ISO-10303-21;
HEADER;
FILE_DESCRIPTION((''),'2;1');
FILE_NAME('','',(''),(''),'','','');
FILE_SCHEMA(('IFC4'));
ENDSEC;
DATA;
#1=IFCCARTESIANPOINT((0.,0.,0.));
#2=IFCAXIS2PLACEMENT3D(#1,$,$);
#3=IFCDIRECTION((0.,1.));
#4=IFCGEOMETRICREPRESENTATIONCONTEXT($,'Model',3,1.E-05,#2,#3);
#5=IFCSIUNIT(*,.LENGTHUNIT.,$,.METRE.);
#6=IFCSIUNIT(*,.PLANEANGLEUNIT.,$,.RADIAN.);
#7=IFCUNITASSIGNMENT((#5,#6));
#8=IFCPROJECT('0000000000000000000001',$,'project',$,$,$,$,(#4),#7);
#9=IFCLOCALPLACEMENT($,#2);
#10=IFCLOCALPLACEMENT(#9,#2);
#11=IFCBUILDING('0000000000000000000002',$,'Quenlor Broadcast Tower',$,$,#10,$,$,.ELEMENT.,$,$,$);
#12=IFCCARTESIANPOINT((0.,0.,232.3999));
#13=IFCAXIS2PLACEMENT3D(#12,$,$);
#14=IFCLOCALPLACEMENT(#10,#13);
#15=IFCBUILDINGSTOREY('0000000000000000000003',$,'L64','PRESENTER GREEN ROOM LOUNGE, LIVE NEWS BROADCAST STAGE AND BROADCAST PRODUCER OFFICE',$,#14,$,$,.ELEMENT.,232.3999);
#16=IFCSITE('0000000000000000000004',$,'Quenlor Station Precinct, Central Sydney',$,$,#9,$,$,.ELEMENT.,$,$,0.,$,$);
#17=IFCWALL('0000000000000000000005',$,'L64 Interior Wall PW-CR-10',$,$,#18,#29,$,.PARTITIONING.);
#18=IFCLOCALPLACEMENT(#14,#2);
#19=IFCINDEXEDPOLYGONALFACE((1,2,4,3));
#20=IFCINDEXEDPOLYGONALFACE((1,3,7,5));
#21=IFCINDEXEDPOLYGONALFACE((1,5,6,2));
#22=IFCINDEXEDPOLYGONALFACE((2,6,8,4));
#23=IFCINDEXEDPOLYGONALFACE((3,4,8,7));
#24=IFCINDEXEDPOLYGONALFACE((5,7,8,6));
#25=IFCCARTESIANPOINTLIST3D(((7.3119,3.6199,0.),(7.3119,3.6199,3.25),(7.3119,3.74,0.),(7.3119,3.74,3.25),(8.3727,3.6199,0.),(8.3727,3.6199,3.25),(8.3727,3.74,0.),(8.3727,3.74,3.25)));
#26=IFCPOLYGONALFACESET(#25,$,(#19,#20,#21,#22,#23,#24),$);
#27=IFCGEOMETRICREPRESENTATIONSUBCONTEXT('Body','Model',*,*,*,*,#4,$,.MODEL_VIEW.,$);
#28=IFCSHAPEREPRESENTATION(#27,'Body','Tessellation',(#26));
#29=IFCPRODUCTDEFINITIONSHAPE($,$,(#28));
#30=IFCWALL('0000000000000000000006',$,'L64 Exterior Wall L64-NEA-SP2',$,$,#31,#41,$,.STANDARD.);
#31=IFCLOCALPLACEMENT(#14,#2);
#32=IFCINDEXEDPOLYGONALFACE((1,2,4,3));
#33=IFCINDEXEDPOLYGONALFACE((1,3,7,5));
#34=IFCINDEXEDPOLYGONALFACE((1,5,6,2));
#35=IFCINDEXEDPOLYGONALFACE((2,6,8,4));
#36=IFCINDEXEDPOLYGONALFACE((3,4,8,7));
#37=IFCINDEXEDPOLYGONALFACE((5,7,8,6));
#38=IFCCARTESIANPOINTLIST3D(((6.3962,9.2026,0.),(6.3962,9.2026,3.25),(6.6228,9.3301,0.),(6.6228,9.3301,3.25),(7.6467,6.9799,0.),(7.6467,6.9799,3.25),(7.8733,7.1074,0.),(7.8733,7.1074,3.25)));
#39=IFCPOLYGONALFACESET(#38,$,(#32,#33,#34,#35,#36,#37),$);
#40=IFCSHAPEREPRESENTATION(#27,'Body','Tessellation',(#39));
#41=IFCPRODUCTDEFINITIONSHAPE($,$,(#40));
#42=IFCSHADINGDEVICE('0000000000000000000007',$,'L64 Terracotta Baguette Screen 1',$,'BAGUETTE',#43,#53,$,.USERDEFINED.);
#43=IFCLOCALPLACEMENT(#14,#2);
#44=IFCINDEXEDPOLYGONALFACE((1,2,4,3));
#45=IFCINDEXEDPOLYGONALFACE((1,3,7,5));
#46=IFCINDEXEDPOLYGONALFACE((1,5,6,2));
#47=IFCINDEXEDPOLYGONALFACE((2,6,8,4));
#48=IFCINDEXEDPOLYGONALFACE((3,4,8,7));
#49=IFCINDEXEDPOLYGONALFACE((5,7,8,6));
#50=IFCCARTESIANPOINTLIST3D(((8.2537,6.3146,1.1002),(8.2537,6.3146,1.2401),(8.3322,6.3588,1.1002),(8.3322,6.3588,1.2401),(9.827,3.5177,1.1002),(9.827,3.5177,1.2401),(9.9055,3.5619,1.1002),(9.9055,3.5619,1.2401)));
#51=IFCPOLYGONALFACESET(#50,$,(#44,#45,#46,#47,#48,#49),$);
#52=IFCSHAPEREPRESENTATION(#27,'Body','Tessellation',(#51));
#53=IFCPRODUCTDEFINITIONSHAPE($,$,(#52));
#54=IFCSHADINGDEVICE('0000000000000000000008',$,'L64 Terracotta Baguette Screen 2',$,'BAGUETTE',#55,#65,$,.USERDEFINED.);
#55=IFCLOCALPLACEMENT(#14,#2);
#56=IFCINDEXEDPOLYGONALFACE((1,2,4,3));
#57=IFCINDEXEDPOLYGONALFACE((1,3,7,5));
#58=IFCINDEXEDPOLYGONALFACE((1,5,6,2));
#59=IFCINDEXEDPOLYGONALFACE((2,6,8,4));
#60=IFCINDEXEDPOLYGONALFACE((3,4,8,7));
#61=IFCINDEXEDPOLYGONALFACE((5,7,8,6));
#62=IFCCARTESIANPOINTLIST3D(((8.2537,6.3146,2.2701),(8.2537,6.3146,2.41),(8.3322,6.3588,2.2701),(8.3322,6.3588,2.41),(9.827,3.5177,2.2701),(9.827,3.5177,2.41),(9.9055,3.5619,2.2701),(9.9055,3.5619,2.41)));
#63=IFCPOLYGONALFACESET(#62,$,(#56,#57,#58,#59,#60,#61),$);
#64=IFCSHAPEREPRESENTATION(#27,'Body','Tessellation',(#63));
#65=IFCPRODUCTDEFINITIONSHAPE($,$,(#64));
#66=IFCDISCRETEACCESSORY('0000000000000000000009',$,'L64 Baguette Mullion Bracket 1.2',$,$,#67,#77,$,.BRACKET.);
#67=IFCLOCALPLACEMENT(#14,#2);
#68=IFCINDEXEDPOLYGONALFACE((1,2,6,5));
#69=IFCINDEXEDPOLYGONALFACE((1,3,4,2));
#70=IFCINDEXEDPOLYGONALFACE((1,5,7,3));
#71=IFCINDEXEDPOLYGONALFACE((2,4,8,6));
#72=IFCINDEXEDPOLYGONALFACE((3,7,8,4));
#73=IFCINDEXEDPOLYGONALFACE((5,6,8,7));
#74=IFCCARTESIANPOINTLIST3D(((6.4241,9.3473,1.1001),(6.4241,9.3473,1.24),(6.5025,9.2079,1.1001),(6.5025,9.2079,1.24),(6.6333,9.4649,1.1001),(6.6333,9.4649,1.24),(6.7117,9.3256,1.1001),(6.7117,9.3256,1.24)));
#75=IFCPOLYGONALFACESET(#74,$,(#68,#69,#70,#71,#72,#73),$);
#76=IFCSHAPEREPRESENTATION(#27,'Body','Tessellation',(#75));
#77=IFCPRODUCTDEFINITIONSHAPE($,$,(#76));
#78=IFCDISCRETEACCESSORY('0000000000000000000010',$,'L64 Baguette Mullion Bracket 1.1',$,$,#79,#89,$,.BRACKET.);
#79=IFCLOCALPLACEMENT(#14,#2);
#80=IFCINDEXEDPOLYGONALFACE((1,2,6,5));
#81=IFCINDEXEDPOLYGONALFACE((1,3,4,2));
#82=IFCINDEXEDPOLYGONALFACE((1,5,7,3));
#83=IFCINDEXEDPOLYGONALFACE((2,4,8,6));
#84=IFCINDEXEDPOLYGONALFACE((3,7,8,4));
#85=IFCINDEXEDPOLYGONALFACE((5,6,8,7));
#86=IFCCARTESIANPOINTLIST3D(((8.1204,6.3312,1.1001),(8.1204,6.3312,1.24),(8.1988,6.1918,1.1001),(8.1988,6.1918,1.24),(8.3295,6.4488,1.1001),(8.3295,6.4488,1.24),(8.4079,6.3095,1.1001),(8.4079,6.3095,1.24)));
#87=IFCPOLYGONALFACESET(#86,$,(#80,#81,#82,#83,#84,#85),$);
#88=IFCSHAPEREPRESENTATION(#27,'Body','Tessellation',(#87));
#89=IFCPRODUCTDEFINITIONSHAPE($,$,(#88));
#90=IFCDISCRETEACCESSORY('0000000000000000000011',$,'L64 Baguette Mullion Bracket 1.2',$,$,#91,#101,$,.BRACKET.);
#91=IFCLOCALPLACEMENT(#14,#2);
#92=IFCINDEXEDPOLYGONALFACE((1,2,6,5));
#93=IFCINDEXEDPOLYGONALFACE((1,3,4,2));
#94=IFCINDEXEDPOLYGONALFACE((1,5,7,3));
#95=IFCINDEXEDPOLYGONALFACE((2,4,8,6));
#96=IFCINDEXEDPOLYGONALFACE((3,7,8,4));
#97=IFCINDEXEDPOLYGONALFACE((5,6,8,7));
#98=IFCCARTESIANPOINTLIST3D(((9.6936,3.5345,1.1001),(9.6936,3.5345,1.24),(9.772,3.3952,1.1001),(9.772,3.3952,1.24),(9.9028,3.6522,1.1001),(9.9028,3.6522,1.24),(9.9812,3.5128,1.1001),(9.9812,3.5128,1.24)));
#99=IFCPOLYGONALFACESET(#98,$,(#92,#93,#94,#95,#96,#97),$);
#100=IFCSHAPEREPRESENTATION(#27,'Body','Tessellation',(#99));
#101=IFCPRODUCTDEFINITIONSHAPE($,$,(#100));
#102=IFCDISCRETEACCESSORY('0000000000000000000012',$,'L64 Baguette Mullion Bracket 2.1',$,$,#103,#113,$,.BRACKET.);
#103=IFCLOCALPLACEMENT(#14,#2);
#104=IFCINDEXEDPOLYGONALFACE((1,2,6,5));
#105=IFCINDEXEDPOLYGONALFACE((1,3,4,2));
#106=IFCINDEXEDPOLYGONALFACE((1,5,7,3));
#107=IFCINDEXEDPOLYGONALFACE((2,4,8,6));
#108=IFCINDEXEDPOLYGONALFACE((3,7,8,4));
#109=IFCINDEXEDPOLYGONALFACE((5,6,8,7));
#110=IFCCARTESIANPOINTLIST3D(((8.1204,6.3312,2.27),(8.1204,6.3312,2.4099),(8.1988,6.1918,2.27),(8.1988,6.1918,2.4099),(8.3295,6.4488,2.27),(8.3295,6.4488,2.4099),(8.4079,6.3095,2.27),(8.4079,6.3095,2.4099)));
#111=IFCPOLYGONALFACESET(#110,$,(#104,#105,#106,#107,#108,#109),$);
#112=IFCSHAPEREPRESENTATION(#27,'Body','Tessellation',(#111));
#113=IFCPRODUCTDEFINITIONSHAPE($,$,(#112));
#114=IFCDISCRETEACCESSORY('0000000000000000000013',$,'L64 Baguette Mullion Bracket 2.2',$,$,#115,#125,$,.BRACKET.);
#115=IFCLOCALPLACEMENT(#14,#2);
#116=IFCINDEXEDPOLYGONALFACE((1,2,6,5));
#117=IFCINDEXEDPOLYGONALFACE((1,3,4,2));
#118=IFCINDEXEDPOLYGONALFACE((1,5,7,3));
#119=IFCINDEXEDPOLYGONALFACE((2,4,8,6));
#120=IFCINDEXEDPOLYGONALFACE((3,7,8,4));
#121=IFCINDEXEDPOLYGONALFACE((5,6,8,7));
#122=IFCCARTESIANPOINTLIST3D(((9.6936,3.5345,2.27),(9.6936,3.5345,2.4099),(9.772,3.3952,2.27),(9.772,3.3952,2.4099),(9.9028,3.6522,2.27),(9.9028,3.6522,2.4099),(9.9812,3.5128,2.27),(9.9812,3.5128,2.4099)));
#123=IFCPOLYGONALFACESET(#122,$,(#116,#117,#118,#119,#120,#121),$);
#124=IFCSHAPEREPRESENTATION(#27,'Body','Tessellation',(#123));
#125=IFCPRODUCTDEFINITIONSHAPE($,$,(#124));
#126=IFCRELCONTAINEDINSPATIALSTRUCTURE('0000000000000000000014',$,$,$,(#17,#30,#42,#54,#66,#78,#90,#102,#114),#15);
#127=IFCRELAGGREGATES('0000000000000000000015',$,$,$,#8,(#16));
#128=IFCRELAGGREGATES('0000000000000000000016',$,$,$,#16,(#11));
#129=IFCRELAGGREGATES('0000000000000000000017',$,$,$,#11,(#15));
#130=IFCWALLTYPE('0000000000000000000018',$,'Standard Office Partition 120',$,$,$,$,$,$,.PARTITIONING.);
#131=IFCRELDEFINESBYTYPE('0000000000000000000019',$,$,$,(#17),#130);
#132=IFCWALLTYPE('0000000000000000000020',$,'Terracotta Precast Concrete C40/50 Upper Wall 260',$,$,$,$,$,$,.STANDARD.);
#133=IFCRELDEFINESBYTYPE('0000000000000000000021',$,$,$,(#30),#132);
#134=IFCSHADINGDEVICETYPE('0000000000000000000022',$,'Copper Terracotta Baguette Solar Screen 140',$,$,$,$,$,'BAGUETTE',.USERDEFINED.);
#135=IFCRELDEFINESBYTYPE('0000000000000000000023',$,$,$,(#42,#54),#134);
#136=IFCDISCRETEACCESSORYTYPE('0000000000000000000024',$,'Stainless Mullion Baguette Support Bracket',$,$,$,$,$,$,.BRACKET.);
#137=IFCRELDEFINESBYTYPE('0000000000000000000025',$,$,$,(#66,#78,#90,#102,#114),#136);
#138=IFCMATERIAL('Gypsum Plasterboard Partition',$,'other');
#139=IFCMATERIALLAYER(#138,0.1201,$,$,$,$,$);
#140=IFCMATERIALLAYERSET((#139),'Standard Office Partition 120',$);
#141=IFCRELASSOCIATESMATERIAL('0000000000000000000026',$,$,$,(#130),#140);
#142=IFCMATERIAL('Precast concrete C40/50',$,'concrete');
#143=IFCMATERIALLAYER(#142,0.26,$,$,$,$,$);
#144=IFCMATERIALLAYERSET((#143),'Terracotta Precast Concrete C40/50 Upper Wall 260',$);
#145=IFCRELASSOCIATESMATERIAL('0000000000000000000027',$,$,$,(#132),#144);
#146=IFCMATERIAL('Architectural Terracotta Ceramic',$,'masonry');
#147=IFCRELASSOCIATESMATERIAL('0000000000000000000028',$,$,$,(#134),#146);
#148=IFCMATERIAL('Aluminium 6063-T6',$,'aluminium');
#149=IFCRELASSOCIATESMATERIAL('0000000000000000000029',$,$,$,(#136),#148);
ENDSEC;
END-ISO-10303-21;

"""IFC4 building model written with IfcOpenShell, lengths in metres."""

from ifc_helpers import new_model, si_unit, direction, frame, frame_2d, origin, origin_2d, place, context, subcontext, project, spatial, rectangle, extrude, material, layer, layer_set, material_profile, profile_set, type_object, element, save


model = new_model("IFC4")

# Units and contexts
model_context = context("Model", 3, precision=1e-05, world=origin(), true_north=direction((0.0, 1.0)))
body_context = subcontext(model_context, "Body", "Model", "MODEL_VIEW")
ifc_project = project(units=[si_unit("LENGTHUNIT", "METRE"), si_unit("PLANEANGLEUNIT", "RADIAN")], contexts=[model_context])

# Site, building, storey
site_placement = place(None, origin())
site = spatial("IfcSite", under=ifc_project, at=site_placement, Name="Quenlor Station Precinct, Central Sydney", CompositionType="ELEMENT", RefElevation=0.0)
building_placement = place(site_placement, origin())
building = spatial("IfcBuilding", under=site, at=building_placement, Name="Quenlor Broadcast Tower", CompositionType="ELEMENT")
storey_placement = place(building_placement, frame((0.0, 0.0, 232.3999)))
storey = spatial("IfcBuildingStorey", under=building, at=storey_placement, Name="L64", Description="PRESENTER GREEN ROOM LOUNGE, LIVE NEWS BROADCAST STAGE AND BROADCAST PRODUCER OFFICE", CompositionType="ELEMENT", Elevation=232.3999)

# Walls
ifc_material_1 = material(Name="Gypsum Plasterboard Partition", Category="other")
ifc_layer_1 = layer(ifc_material_1, 0.1201)
ifc_layer_set_1 = layer_set([ifc_layer_1], Name="Standard Office Partition 120")
wall_type_1 = type_object("IfcWallType", Name="Standard Office Partition 120", PredefinedType="PARTITIONING", material=ifc_layer_set_1)
wall_1_placement = place(storey_placement, frame((7.312, 3.6799, 0.0), z_axis=(0.0, 0.0, 1.0), x_axis=(1.0, 0.0, 0.0)))
element("IfcWall", 1, at=wall_1_placement, inside=storey, type_object=wall_type_1, Name="L64 Interior Wall PW-CR-10", PredefinedType="PARTITIONING", context=body_context, shape_type="SweptSolid", body=[
    extrude(rectangle(XDim=1.0608, YDim=0.1201, at=frame_2d((0.5303, 0.0))), origin(), (0.0, 0.0, 1.0), 3.25),
])
ifc_material_2 = material(Name="Precast concrete C40/50", Category="concrete")
ifc_layer_2 = layer(ifc_material_2, 0.26)
ifc_layer_set_2 = layer_set([ifc_layer_2], Name="Terracotta Precast Concrete C40/50 Upper Wall 260")
wall_type_2 = type_object("IfcWallType", Name="Terracotta Precast Concrete C40/50 Upper Wall 260", PredefinedType="STANDARD", material=ifc_layer_set_2)
wall_2_placement = place(storey_placement, frame((6.5095, 9.2664, 0.0), z_axis=(0.0, 0.0, 1.0), x_axis=(0.490334, -0.871535, 0.0)))
element("IfcWall", 2, at=wall_2_placement, inside=storey, type_object=wall_type_2, Name="L64 Exterior Wall L64-NEA-SP2", PredefinedType="STANDARD", context=body_context, shape_type="SweptSolid", body=[
    extrude(rectangle(XDim=2.5503, YDim=0.26, at=frame_2d((1.2751, 0.0))), origin(), (0.0, 0.0, 1.0), 3.25),
])

# Shading devices
ifc_material_3 = material(Name="Architectural Terracotta Ceramic", Category="masonry")
ifc_material_profile_1 = material_profile(ifc_material_3, rectangle(XDim=0.0901, YDim=0.1399, at=origin_2d()))
ifc_profile_set_1 = profile_set([ifc_material_profile_1], Name="Architectural Terracotta Ceramic BAG90x140")
shading_device_type = type_object("IfcShadingDeviceType", Name="Copper Terracotta Baguette Solar Screen 140", ElementType="BAGUETTE", PredefinedType="USERDEFINED", material=ifc_profile_set_1)
for number, where, z_axis, x_axis, name in (
    (3, (8.293, 6.3367, 1.1702), (0.490261, -0.871576, 0.0), (0.871576, 0.490261, 0.0), "L64 Terracotta Baguette Screen 1"),
    (4, (8.293, 6.3367, 2.3401), (0.490261, -0.871576, 0.0), (0.871576, 0.490261, 0.0), "L64 Terracotta Baguette Screen 2"),
):
    element("IfcShadingDevice", number, at=place(storey_placement, frame(where, z_axis=z_axis, x_axis=x_axis)), inside=storey, type_object=shading_device_type, Name=name, ObjectType="BAGUETTE", PredefinedType="USERDEFINED", context=body_context, shape_type="SweptSolid", body=[
        extrude(rectangle(XDim=0.0901, YDim=0.1399, at=origin_2d()), origin(), (0.0, 0.0, 1.0), 3.209),
    ])

# Discrete accessories
ifc_material_4 = material(Name="Aluminium 6063-T6", Category="aluminium")
discrete_accessory_type = type_object("IfcDiscreteAccessoryType", Name="Stainless Mullion Baguette Support Bracket", PredefinedType="BRACKET", material=ifc_material_4)
for number, where, z_axis, x_axis, name in (
    (5, (6.5679, 9.3364, 1.1001), (0.0, 0.0, 1.0), (0.49025, -0.871582, 0.0), "L64 Baguette Mullion Bracket 1.2"),
    (6, (8.2642, 6.3203, 1.1001), (0.0, 0.0, 1.0), (0.490262, -0.871575, 0.0), "L64 Baguette Mullion Bracket 1.1"),
    (7, (9.8374, 3.5237, 1.1001), (0.0, 0.0, 1.0), (0.490262, -0.871575, 0.0), "L64 Baguette Mullion Bracket 1.2"),
    (8, (8.2642, 6.3203, 2.27), (0.0, 0.0, 1.0), (0.490262, -0.871575, 0.0), "L64 Baguette Mullion Bracket 2.1"),
    (9, (9.8374, 3.5237, 2.27), (0.0, 0.0, 1.0), (0.490262, -0.871575, 0.0), "L64 Baguette Mullion Bracket 2.2"),
):
    element("IfcDiscreteAccessory", number, at=place(storey_placement, frame(where, z_axis=z_axis, x_axis=x_axis)), inside=storey, type_object=discrete_accessory_type, Name=name, PredefinedType="BRACKET", context=body_context, shape_type="SweptSolid", body=[
        extrude(rectangle(XDim=0.1599, YDim=0.24, at=origin_2d()), origin(), (0.0, 0.0, 1.0), 0.1399),
    ])

save(model, "model.ifc")
